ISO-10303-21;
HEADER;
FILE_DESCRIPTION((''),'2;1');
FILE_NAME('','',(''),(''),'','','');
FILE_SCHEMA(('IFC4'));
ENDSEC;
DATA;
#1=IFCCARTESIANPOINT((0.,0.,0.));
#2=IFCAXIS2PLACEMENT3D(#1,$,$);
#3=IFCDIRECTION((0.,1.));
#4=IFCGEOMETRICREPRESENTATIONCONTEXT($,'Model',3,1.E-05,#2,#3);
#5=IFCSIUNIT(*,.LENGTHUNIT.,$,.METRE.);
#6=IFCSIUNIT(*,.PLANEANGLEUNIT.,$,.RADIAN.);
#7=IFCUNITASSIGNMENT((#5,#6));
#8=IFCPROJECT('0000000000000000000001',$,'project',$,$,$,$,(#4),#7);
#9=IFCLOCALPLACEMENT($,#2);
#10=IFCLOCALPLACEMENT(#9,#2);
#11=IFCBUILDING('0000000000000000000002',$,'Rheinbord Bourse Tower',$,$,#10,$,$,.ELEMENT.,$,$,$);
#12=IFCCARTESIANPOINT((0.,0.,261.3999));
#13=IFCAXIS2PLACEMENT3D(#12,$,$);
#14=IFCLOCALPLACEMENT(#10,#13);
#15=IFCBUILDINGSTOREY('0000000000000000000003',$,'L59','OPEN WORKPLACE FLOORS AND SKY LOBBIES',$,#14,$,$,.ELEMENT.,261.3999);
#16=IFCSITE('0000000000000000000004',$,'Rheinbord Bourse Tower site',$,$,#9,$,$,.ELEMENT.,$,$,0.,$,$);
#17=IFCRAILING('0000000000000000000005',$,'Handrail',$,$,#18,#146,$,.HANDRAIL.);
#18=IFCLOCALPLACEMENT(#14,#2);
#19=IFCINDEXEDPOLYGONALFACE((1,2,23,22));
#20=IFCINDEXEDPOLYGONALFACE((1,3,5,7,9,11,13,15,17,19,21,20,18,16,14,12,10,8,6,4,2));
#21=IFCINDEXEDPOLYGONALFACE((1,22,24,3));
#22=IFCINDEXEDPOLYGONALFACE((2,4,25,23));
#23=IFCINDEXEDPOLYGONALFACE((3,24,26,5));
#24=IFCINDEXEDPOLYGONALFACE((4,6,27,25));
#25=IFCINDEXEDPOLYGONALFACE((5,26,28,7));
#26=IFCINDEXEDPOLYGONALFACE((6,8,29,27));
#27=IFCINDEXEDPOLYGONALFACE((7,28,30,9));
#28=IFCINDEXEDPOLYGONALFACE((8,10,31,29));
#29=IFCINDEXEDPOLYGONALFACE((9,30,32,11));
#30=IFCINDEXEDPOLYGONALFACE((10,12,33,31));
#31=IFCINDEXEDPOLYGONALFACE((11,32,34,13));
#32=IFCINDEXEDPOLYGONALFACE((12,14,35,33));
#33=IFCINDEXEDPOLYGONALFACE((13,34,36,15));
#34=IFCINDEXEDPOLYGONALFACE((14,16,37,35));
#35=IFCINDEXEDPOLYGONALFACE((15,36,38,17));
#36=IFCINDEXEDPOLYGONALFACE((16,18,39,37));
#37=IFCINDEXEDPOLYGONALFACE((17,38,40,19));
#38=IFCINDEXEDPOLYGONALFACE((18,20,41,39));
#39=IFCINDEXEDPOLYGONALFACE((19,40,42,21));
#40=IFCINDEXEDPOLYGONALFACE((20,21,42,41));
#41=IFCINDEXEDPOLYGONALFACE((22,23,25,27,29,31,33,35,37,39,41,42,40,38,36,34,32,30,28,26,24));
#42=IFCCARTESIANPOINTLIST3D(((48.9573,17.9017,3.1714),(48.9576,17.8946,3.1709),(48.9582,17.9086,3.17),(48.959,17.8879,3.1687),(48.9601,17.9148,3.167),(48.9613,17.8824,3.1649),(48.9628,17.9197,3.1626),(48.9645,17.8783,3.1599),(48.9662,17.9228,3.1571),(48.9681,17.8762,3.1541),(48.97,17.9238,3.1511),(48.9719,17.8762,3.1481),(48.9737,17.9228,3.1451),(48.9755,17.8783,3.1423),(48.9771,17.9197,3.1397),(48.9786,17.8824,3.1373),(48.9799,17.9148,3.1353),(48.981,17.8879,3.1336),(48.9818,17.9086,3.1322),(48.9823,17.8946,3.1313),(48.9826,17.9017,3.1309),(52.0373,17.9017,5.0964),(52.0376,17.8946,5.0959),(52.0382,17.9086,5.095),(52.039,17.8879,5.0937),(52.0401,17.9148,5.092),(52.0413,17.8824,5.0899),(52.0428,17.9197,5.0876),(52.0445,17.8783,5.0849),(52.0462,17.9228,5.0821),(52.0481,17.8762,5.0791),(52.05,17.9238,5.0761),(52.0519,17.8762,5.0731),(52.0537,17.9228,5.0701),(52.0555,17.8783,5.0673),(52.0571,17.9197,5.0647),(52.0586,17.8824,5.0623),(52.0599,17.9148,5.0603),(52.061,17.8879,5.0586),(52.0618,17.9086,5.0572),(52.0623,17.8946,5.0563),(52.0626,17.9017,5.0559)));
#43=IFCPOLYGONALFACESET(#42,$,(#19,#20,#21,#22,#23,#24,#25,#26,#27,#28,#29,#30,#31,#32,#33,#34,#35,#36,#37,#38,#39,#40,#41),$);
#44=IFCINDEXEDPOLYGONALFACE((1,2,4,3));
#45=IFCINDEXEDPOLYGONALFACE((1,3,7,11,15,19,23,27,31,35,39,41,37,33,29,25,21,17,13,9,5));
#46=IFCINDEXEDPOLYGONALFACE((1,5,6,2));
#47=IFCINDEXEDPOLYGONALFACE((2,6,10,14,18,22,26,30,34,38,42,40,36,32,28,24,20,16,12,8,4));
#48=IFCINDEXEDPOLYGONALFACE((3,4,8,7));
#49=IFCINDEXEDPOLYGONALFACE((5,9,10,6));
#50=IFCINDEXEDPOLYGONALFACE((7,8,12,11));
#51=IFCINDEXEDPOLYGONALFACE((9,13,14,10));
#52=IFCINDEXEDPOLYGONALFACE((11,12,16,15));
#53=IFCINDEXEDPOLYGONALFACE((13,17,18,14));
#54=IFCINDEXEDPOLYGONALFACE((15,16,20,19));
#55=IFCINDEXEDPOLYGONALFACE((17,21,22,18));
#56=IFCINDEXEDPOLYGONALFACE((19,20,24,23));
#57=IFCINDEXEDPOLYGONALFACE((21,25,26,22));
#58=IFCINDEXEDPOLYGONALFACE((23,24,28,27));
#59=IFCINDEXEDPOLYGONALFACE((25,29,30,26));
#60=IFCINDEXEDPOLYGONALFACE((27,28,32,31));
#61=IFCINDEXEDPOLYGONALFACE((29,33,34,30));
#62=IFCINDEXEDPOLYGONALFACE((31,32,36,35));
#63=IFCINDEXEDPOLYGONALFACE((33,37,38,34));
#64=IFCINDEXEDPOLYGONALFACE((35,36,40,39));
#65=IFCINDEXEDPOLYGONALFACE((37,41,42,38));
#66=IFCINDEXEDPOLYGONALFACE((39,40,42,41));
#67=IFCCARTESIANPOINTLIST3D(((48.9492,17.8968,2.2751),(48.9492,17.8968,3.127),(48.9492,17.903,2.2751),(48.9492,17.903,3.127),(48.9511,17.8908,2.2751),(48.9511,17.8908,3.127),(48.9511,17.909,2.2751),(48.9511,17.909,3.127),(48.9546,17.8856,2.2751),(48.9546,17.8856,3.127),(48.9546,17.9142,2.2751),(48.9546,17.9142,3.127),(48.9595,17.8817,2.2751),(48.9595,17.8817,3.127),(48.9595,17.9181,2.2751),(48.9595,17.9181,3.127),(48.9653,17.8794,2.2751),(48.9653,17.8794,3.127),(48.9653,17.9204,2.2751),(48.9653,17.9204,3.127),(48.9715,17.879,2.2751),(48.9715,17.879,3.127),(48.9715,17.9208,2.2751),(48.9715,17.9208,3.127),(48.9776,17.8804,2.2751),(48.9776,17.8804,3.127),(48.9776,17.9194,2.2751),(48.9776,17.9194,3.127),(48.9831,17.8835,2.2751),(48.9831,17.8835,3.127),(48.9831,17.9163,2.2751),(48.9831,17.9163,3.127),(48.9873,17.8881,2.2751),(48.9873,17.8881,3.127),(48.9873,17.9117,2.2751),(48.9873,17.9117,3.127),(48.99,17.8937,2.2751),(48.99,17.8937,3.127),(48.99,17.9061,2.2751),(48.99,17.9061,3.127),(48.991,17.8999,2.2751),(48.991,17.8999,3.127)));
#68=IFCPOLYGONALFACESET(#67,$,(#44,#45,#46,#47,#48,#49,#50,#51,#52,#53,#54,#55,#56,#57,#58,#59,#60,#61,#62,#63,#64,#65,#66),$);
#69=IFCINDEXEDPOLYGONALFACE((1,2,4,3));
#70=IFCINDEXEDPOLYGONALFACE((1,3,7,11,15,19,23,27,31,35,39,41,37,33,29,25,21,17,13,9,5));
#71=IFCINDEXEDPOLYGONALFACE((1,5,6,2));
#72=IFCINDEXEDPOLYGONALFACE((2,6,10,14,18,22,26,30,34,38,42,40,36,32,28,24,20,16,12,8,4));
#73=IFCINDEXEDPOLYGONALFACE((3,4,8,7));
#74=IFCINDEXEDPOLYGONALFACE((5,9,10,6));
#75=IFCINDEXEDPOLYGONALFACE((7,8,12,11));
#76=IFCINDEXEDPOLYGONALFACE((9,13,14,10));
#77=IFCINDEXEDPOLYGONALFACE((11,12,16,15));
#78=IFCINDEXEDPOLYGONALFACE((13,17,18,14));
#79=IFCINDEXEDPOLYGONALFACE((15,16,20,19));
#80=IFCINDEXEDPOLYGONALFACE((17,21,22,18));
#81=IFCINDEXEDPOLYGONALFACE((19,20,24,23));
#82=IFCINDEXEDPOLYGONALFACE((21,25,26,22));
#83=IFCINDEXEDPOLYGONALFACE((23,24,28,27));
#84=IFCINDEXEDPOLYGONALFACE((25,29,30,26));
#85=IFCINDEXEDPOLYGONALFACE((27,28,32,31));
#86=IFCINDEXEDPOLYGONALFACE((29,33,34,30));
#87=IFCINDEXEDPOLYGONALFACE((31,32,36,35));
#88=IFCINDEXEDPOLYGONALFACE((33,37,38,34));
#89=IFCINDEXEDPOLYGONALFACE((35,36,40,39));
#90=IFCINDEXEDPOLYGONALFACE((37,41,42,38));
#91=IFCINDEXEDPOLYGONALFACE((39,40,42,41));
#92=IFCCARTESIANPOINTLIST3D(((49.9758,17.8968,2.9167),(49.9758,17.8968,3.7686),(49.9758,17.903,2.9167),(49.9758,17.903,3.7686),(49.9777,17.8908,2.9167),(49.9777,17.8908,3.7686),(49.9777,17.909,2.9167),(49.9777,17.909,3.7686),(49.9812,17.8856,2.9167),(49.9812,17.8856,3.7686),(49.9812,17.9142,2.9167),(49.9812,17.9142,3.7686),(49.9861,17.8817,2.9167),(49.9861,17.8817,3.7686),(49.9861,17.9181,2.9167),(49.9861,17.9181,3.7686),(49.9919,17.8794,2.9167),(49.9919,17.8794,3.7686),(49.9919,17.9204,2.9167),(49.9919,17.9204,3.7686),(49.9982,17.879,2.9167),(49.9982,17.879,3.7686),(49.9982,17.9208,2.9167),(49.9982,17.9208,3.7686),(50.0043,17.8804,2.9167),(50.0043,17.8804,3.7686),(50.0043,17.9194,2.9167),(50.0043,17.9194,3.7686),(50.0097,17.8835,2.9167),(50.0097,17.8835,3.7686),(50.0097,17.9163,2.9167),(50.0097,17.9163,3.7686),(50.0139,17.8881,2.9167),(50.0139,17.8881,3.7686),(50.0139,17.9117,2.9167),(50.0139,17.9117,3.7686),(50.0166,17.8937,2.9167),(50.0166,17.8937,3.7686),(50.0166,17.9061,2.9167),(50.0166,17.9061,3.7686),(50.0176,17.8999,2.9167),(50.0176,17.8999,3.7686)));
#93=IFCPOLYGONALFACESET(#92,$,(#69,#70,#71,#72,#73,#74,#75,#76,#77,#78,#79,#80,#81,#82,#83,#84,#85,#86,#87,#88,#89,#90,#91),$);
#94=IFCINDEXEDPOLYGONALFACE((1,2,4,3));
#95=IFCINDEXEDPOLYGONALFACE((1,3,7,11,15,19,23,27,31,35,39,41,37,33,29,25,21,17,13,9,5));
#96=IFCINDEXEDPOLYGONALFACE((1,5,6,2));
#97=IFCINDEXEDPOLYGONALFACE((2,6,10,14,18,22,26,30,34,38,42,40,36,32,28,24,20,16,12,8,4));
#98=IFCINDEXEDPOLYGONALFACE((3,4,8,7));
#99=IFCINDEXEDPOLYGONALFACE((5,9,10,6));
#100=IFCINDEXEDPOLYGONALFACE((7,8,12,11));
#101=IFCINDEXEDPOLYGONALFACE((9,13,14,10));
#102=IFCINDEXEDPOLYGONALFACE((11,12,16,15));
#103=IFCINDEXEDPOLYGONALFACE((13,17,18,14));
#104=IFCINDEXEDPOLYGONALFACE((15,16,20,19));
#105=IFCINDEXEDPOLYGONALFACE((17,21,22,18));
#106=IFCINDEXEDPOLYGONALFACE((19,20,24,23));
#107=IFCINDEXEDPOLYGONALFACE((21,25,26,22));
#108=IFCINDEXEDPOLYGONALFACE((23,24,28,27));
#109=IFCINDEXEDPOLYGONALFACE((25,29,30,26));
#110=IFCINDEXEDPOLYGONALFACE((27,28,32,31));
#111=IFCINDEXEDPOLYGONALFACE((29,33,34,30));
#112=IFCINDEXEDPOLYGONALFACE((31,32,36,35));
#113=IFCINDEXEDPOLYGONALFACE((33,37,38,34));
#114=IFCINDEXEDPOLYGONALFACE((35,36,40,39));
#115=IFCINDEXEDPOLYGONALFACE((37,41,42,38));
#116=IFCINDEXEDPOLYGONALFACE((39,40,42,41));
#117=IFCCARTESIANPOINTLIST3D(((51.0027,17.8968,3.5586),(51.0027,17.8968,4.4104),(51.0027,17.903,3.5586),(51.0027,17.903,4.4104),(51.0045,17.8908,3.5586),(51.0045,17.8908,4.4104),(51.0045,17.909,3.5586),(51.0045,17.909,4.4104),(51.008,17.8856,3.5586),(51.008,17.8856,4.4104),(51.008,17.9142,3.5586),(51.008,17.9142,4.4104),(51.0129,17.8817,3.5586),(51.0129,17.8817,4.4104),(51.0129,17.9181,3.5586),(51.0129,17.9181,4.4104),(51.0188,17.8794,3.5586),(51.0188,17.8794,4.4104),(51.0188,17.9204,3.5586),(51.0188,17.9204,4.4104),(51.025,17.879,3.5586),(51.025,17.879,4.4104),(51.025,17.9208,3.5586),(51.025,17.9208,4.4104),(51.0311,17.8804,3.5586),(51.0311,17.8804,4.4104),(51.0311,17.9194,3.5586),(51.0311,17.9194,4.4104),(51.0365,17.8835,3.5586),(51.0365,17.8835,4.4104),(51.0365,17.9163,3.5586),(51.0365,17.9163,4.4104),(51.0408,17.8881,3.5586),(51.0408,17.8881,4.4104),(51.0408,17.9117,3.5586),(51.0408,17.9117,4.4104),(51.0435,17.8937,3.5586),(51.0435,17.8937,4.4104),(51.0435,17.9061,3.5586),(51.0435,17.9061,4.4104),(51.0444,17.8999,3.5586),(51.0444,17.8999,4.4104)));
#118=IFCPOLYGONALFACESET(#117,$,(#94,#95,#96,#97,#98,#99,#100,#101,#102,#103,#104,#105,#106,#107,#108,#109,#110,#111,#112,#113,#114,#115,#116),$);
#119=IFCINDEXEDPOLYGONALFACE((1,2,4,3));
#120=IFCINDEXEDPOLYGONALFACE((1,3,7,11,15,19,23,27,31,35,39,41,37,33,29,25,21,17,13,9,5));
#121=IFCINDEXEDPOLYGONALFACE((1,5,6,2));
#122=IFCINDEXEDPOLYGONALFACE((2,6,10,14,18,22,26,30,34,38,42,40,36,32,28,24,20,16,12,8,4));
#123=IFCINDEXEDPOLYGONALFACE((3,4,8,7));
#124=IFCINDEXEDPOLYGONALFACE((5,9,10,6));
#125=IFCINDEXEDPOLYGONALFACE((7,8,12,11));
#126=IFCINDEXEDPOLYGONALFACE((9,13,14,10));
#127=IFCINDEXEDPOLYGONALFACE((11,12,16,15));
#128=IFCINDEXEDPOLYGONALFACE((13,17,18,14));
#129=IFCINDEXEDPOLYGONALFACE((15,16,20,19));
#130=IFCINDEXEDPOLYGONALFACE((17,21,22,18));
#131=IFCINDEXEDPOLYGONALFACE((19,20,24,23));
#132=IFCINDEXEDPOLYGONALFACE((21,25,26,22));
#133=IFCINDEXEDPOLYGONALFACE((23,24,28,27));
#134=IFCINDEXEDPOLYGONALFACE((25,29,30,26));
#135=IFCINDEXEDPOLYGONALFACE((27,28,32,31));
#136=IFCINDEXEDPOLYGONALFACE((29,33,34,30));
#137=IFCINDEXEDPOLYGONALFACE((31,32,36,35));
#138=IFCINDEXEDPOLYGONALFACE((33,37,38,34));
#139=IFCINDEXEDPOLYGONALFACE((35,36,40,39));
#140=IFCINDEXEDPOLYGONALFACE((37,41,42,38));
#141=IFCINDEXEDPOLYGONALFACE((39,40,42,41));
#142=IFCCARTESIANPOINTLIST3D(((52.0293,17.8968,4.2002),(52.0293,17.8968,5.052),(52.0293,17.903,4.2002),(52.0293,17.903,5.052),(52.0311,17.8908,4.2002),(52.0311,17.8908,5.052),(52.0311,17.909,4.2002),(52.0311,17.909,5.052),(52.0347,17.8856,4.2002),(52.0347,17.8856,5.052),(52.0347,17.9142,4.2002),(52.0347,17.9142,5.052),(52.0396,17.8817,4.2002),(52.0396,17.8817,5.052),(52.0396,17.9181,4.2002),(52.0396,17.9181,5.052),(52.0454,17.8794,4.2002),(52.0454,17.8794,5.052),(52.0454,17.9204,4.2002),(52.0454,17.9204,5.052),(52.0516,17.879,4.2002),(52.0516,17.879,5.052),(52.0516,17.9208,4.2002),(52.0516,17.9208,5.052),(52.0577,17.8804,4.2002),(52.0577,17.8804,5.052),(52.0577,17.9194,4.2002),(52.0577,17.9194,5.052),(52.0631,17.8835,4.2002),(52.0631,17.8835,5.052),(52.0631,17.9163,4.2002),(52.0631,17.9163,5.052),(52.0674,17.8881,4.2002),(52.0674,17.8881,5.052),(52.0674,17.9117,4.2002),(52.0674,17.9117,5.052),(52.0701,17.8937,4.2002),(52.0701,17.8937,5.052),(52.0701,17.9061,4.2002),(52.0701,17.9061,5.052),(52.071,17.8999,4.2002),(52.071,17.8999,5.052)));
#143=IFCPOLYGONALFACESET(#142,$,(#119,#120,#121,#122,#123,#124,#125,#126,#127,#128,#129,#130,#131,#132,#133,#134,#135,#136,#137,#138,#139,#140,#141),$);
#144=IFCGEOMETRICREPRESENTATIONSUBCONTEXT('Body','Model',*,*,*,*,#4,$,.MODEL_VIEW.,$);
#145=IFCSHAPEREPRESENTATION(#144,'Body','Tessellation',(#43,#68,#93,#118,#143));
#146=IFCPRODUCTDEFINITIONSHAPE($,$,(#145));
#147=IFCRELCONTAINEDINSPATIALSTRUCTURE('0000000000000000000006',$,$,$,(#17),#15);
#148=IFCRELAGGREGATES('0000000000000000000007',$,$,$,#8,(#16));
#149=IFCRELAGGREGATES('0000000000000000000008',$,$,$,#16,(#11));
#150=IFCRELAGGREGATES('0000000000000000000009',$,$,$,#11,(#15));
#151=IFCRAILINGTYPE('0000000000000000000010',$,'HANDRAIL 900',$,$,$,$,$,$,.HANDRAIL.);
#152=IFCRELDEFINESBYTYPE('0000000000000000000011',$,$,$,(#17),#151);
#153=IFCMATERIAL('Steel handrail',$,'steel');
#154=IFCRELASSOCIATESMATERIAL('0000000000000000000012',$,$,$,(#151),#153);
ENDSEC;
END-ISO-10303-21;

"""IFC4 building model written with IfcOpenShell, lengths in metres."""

from ifc_helpers import new_model, si_unit, direction, frame, origin, origin_2d, place, context, subcontext, project, spatial, circle, extrude, material, type_object, element, save


model = new_model("IFC4")

# Units and contexts
model_context = context("Model", 3, precision=1e-05, world=origin(), true_north=direction((0.0, 1.0)))
body_context = subcontext(model_context, "Body", "Model", "MODEL_VIEW")
ifc_project = project(units=[si_unit("LENGTHUNIT", "METRE"), si_unit("PLANEANGLEUNIT", "RADIAN")], contexts=[model_context])

# Site, building, storey
site_placement = place(None, origin())
site = spatial("IfcSite", under=ifc_project, at=site_placement, Name="Rheinbord Bourse Tower site", CompositionType="ELEMENT", RefElevation=0.0)
building_placement = place(site_placement, origin())
building = spatial("IfcBuilding", under=site, at=building_placement, Name="Rheinbord Bourse Tower", CompositionType="ELEMENT")
storey_placement = place(building_placement, frame((0.0, 0.0, 261.3999)))
storey = spatial("IfcBuildingStorey", under=building, at=storey_placement, Name="L59", Description="OPEN WORKPLACE FLOORS AND SKY LOBBIES", CompositionType="ELEMENT", Elevation=261.3999)

# Railing
ifc_material_1 = material(Name="Steel handrail", Category="steel")
railing_type = type_object("IfcRailingType", Name="HANDRAIL 900", PredefinedType="HANDRAIL", material=ifc_material_1)
railing_1_placement = place(storey_placement, frame((48.97, 17.8999, 2.2751)))
element("IfcRailing", 1, at=railing_1_placement, inside=storey, type_object=railing_type, Name="Handrail", PredefinedType="HANDRAIL", context=body_context, shape_type="SweptSolid", body=[
    extrude(circle(Radius=0.0239, at=origin_2d()), frame((0.0, 0.0, 0.876), z_axis=(0.847998, 0.0, 0.529999), x_axis=(0.0, 1.0, 0.0)), (0.0, 0.0, 1.0), 3.6321),
    extrude(circle(Radius=0.021, at=origin_2d()), origin(), (0.0, 0.0, 1.0), 0.8518),
    extrude(circle(Radius=0.021, at=origin_2d()), frame((1.0266, 0.0, 0.6416)), (0.0, 0.0, 1.0), 0.8518),
    extrude(circle(Radius=0.021, at=origin_2d()), frame((2.0535, 0.0, 1.2834)), (0.0, 0.0, 1.0), 0.8518),
    extrude(circle(Radius=0.021, at=origin_2d()), frame((3.0801, 0.0, 1.925)), (0.0, 0.0, 1.0), 0.8518),
])

save(model, "model.ifc")
